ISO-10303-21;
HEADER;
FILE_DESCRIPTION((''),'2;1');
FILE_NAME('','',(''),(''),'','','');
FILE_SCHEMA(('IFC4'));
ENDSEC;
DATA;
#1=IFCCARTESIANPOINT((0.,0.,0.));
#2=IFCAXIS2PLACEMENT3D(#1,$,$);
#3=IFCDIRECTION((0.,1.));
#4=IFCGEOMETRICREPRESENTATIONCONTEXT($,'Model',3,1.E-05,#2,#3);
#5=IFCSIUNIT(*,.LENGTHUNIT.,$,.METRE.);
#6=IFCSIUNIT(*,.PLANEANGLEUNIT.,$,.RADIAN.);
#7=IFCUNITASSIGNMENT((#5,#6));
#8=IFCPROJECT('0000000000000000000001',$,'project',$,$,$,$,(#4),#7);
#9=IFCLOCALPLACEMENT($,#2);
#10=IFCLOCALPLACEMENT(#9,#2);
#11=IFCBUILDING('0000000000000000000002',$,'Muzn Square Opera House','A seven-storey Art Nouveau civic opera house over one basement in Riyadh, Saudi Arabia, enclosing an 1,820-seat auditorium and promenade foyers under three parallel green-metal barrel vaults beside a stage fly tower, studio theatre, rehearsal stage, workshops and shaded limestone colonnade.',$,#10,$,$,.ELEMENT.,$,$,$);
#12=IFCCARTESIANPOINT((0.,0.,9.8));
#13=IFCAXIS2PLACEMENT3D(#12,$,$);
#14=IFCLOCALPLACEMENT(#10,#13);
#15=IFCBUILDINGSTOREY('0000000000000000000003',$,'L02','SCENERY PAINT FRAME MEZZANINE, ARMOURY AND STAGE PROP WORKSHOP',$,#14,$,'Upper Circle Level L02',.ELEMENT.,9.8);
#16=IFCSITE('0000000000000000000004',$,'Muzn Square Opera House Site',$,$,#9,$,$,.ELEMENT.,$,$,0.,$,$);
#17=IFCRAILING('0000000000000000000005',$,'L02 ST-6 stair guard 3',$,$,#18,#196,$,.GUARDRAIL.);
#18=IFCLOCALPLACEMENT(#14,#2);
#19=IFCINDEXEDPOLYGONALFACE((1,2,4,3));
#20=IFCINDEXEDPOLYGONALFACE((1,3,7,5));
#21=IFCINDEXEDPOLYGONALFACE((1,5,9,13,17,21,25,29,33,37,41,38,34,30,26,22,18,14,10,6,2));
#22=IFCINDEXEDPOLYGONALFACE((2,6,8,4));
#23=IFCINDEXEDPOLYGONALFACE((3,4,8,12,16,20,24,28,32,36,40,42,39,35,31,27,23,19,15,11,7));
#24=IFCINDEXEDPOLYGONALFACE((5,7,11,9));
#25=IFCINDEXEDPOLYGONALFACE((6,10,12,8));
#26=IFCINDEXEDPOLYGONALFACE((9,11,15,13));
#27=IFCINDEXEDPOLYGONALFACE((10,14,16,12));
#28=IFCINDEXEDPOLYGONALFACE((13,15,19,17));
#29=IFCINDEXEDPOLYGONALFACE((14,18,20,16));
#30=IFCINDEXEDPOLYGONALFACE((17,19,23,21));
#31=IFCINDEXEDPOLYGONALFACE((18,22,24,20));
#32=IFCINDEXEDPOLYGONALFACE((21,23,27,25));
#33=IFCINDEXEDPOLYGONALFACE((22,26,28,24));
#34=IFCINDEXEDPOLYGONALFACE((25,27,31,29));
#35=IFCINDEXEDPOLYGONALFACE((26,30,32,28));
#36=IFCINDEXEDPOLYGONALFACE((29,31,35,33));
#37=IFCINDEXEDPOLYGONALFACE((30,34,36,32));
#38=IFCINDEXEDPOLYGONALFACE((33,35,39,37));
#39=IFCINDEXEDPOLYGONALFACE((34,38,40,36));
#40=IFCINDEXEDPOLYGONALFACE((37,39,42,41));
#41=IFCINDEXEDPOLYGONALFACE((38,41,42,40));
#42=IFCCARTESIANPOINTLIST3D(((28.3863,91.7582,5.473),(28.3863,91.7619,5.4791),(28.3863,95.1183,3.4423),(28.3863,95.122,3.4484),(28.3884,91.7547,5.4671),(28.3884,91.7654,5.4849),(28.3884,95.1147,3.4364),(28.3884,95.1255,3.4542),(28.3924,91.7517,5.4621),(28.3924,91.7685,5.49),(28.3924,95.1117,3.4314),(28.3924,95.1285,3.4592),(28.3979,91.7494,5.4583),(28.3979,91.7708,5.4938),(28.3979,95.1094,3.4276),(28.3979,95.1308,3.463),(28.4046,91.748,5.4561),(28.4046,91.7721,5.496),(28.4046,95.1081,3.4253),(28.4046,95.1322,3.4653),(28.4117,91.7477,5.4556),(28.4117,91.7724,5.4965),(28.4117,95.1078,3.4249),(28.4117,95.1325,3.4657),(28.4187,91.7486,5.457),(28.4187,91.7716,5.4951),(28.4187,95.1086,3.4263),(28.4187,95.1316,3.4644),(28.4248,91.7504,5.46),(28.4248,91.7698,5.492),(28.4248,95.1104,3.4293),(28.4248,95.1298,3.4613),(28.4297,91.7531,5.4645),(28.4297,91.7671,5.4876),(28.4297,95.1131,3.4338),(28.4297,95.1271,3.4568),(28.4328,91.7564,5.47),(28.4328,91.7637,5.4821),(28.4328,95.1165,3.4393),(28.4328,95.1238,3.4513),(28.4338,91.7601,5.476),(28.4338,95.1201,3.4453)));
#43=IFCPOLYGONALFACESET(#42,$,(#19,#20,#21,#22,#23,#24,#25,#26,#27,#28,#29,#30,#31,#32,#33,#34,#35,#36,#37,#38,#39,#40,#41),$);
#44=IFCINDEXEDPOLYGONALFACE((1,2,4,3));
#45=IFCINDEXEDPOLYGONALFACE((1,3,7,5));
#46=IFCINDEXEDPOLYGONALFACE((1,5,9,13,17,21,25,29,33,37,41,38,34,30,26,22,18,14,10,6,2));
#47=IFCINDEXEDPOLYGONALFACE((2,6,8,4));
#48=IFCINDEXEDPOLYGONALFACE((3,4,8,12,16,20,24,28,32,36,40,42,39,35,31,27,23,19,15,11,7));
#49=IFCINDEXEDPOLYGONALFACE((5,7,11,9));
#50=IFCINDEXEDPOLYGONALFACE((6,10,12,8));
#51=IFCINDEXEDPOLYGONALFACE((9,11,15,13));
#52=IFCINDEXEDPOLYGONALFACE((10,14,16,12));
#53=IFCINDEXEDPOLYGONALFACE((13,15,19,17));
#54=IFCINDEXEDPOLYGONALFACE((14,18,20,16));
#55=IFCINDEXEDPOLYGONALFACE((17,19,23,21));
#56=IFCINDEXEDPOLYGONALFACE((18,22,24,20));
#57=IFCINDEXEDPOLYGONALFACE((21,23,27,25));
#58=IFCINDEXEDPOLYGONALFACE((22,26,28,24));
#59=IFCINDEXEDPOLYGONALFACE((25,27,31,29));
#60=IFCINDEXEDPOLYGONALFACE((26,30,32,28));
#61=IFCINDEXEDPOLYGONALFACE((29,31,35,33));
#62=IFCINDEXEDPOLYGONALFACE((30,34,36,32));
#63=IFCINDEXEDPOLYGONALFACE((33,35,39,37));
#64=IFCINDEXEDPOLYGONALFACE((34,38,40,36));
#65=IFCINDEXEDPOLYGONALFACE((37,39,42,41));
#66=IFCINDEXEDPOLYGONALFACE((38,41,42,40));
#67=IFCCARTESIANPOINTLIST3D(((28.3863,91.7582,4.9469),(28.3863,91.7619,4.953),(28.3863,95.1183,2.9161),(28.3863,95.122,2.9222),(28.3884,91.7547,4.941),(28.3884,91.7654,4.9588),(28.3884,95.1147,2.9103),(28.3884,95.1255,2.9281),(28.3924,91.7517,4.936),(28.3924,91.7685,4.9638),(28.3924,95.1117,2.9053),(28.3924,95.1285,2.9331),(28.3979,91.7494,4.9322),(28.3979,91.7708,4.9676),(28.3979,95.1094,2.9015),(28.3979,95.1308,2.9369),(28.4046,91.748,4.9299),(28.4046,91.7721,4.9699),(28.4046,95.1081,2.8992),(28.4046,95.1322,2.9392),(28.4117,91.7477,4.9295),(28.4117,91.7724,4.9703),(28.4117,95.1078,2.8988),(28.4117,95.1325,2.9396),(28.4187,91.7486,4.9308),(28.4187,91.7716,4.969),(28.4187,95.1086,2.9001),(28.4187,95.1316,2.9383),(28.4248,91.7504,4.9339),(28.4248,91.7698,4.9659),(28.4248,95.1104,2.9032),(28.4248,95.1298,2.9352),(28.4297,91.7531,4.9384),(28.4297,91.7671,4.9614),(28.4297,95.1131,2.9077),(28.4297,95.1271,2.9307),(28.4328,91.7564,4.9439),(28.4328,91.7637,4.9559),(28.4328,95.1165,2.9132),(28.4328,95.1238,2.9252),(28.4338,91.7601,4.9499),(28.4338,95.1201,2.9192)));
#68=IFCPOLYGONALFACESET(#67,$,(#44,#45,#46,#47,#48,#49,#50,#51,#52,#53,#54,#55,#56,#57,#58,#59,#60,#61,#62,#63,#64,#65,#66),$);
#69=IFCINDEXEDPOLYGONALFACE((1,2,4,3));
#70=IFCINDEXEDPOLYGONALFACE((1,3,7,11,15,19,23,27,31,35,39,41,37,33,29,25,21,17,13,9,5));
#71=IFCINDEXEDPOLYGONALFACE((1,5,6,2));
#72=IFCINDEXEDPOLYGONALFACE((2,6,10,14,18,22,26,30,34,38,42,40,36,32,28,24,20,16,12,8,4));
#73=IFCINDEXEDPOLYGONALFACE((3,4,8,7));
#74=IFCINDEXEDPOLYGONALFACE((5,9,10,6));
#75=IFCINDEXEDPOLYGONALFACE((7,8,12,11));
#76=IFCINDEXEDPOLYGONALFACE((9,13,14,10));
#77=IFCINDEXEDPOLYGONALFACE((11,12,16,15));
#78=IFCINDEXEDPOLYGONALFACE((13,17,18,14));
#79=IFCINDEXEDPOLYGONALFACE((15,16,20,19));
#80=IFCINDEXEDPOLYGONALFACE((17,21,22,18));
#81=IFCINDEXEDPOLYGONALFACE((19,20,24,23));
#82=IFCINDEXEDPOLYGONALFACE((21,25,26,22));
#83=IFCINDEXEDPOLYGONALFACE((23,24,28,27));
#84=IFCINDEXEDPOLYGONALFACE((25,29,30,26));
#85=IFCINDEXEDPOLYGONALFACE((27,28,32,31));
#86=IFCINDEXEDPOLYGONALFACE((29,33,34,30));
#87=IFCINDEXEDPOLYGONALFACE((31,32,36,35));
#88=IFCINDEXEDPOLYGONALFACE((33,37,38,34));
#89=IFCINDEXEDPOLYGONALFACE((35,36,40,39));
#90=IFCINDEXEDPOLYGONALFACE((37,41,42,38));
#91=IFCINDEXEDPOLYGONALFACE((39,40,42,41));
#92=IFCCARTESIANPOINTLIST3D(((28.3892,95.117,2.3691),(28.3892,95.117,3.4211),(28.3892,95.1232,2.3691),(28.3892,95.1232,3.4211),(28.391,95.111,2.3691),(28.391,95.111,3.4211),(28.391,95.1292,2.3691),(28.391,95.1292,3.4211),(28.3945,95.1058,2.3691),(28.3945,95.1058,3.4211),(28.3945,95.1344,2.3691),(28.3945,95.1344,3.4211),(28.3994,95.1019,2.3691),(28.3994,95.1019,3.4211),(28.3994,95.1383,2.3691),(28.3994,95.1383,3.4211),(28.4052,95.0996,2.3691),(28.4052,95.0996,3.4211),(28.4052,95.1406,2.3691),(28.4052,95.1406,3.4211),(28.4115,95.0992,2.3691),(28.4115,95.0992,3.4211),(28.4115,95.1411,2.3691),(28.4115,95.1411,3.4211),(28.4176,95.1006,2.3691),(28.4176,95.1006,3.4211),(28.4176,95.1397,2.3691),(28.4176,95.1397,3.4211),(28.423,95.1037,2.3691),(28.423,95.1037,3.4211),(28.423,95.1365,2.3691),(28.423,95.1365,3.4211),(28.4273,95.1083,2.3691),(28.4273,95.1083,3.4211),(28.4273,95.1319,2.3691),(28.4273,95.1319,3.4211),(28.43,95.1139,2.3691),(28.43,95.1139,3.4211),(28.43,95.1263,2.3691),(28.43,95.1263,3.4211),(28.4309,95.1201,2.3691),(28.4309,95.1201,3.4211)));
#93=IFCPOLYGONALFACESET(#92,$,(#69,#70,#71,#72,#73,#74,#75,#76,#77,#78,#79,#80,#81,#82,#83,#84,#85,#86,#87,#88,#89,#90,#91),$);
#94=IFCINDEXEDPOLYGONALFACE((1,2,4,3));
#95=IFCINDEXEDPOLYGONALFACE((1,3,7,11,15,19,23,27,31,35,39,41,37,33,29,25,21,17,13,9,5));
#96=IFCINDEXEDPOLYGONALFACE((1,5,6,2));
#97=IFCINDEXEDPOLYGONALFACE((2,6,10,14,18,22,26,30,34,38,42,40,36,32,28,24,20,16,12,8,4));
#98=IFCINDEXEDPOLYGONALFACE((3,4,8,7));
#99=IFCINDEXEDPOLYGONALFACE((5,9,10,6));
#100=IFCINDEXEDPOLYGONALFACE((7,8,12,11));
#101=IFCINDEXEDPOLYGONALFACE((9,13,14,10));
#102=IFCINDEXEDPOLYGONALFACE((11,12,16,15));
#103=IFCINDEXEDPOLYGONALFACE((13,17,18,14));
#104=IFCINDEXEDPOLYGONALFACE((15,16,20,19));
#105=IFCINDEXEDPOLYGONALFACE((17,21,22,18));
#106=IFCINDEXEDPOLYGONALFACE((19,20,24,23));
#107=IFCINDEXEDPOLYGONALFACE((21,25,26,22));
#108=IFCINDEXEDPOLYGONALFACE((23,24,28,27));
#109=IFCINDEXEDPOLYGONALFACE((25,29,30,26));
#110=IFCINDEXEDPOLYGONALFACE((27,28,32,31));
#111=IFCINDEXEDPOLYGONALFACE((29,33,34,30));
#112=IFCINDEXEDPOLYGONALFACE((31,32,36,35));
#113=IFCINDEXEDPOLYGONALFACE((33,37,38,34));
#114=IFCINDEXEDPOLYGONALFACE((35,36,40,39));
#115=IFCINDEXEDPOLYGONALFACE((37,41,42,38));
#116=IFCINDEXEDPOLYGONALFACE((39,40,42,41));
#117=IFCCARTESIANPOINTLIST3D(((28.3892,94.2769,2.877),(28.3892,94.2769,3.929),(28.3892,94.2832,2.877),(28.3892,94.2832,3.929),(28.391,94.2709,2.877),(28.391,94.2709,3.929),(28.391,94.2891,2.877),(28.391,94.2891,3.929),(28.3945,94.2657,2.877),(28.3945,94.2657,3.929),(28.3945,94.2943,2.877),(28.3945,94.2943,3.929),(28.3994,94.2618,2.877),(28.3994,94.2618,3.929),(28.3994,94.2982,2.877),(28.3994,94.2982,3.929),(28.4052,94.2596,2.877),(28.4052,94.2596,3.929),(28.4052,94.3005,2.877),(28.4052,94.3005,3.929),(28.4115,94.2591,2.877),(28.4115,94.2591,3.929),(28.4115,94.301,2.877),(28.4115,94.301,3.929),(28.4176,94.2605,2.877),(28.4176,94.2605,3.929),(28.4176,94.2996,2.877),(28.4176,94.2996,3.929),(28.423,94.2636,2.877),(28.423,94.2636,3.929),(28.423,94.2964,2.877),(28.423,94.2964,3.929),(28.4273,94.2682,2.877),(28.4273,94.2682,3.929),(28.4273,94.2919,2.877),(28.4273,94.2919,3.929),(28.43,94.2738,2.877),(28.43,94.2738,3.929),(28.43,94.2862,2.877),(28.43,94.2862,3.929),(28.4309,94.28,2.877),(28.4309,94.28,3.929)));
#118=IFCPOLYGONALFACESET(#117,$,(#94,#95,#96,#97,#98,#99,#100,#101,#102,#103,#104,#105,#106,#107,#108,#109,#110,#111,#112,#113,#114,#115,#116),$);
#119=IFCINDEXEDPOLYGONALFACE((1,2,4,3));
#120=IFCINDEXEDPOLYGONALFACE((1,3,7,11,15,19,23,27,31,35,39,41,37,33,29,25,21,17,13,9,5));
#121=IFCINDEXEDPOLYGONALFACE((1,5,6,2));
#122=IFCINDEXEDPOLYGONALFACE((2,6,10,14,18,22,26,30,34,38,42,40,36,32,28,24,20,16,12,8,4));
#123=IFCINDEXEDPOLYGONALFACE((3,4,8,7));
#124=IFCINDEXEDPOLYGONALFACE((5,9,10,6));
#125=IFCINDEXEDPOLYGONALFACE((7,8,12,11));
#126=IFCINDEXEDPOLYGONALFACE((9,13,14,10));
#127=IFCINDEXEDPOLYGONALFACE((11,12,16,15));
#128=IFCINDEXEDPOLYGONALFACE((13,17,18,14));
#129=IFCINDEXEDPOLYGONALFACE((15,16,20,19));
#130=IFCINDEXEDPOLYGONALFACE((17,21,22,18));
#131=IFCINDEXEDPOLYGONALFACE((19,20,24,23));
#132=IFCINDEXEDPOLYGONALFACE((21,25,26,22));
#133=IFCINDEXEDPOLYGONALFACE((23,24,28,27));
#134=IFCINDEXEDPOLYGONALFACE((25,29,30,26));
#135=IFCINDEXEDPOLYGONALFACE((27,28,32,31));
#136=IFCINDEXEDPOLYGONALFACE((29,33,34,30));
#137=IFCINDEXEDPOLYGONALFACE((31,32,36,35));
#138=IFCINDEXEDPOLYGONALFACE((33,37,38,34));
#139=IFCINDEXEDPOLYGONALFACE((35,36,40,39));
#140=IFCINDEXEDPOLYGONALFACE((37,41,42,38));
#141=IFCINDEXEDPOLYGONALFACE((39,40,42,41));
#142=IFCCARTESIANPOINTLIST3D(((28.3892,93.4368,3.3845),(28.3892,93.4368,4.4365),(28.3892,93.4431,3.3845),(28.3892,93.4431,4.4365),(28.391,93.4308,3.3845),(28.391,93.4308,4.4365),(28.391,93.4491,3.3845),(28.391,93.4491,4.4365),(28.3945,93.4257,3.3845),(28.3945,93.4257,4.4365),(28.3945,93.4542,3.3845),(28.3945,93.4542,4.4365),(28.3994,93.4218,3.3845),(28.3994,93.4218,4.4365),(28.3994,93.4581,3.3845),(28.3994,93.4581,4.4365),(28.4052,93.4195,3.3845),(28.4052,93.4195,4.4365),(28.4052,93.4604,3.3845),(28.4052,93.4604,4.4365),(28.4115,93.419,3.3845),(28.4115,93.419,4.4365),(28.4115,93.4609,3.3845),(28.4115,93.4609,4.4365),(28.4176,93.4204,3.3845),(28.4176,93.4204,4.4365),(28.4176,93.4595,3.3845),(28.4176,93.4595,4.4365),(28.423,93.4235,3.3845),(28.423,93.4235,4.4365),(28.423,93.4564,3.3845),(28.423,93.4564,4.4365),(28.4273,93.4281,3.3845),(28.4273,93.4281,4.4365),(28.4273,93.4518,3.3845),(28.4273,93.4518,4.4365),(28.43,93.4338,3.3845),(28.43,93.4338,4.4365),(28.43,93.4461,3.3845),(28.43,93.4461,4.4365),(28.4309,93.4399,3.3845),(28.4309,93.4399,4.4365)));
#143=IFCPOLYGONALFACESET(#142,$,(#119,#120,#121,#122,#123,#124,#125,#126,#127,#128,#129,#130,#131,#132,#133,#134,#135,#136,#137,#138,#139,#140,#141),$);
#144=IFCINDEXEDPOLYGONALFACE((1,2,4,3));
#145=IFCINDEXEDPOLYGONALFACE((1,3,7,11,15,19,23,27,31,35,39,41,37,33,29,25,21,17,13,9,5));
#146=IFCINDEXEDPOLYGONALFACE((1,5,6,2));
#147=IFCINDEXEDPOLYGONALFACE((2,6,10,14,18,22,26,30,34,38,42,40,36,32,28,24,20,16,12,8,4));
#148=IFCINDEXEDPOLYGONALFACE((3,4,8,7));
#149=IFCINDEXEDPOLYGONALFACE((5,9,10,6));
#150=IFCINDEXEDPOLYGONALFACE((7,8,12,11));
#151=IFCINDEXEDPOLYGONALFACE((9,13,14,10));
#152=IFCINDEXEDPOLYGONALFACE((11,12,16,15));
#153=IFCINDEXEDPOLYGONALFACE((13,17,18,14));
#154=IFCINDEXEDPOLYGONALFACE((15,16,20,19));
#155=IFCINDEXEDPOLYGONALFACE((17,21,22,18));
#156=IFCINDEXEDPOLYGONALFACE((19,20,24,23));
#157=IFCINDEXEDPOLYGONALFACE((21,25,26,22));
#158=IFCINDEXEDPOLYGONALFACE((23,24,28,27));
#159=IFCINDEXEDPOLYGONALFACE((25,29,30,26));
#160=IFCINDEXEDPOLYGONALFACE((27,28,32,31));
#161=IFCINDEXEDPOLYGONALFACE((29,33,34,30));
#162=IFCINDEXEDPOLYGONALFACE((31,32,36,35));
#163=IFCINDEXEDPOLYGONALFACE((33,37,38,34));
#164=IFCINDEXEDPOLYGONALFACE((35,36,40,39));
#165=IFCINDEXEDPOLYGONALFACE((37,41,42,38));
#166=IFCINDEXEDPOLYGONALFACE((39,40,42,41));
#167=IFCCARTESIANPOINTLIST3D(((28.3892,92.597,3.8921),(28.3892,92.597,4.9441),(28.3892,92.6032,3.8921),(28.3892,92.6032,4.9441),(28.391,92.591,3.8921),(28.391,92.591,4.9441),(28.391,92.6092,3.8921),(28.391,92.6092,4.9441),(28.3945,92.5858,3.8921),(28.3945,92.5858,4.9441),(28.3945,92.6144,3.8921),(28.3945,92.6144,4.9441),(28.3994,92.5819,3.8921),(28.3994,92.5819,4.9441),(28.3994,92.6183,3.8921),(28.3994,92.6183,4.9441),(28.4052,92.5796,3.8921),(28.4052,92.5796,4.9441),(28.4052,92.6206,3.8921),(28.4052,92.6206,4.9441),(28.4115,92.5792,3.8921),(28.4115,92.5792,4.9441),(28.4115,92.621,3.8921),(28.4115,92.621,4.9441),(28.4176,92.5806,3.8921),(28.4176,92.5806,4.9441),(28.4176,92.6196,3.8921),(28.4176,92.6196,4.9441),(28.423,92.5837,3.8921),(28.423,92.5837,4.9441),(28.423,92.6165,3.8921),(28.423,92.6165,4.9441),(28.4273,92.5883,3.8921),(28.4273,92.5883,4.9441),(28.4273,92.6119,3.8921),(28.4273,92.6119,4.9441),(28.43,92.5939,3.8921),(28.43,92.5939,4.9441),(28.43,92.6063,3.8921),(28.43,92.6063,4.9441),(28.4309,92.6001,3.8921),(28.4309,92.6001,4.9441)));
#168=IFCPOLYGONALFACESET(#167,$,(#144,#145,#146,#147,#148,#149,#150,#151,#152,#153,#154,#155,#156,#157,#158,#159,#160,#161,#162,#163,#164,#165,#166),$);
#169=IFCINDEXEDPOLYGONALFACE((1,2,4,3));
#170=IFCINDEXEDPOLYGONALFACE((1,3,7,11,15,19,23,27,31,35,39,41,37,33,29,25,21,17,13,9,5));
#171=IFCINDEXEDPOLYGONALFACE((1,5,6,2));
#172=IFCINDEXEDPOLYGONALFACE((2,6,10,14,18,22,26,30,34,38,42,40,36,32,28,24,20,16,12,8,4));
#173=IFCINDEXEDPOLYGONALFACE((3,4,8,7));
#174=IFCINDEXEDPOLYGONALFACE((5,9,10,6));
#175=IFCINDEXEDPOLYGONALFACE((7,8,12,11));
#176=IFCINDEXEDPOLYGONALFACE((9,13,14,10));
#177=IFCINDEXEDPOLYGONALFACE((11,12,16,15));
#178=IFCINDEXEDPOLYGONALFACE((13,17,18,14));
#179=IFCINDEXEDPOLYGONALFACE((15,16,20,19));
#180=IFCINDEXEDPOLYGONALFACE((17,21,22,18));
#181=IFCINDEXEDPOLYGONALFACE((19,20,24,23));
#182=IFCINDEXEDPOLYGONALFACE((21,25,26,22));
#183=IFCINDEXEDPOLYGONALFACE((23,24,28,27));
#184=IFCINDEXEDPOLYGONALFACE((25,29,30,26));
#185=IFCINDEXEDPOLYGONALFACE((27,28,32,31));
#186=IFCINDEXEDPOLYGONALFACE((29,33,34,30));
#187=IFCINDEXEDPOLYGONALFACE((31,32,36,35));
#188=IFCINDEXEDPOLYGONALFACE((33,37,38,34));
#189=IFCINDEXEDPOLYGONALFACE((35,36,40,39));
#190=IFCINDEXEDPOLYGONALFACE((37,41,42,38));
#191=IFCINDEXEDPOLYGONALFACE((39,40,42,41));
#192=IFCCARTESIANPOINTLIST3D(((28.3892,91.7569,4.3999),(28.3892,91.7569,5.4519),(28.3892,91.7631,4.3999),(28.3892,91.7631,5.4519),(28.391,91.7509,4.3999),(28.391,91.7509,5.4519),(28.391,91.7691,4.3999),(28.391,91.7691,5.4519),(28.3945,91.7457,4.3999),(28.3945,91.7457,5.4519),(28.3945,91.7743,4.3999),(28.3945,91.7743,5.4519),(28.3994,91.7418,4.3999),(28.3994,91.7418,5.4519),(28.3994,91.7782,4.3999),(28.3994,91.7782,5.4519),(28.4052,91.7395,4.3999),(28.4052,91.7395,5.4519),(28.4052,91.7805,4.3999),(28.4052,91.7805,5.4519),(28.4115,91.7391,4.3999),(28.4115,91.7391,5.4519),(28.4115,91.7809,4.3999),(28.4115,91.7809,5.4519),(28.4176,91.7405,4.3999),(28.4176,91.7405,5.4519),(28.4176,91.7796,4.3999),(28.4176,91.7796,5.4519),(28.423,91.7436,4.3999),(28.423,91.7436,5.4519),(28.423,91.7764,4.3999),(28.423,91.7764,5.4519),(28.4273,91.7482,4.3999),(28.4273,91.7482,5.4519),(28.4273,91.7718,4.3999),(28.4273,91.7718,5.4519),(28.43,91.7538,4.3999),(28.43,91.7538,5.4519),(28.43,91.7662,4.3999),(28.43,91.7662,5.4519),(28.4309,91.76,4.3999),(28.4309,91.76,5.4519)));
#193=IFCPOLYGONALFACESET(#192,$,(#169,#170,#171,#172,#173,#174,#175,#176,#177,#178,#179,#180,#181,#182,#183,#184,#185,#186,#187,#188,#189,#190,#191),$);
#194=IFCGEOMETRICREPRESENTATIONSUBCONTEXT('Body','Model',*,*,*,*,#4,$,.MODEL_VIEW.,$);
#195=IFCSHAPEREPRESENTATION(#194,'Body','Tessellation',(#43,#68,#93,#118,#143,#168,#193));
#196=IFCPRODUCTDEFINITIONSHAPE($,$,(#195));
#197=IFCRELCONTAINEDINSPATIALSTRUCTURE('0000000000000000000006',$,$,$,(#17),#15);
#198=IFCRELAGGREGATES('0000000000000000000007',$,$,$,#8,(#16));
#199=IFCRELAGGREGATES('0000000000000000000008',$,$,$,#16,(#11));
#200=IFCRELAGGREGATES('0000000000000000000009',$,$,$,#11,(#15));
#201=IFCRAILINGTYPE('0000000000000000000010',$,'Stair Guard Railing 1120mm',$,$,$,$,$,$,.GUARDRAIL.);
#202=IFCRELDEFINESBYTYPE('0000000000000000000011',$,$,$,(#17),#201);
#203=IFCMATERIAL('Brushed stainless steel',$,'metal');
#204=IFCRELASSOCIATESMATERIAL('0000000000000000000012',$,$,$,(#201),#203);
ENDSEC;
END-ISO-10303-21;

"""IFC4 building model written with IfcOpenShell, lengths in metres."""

from ifc_helpers import new_model, si_unit, direction, frame, origin, origin_2d, place, context, subcontext, project, spatial, circle, extrude, material, type_object, element, save


model = new_model("IFC4")

# Units and contexts
model_context = context("Model", 3, precision=1e-05, world=origin(), true_north=direction((0.0, 1.0)))
body_context = subcontext(model_context, "Body", "Model", "MODEL_VIEW")
ifc_project = project(units=[si_unit("LENGTHUNIT", "METRE"), si_unit("PLANEANGLEUNIT", "RADIAN")], contexts=[model_context])

# Site, building, storey
site_placement = place(None, origin())
site = spatial("IfcSite", under=ifc_project, at=site_placement, Name="Muzn Square Opera House Site", CompositionType="ELEMENT", RefElevation=0.0)
building_placement = place(site_placement, origin())
building = spatial("IfcBuilding", under=site, at=building_placement, Name="Muzn Square Opera House", Description="A seven-storey Art Nouveau civic opera house over one basement in Riyadh, Saudi Arabia, enclosing an 1,820-seat auditorium and promenade foyers under three parallel green-metal barrel vaults beside a stage fly tower, studio theatre, rehearsal stage, workshops and shaded limestone colonnade.", CompositionType="ELEMENT")
storey_placement = place(building_placement, frame((0.0, 0.0, 9.8)))
storey = spatial("IfcBuildingStorey", under=building, at=storey_placement, Name="L02", Description="SCENERY PAINT FRAME MEZZANINE, ARMOURY AND STAGE PROP WORKSHOP", LongName="Upper Circle Level L02", CompositionType="ELEMENT", Elevation=9.8)

# Railing
ifc_material_1 = material(Name="Brushed stainless steel", Category="metal")
railing_type_1 = type_object("IfcRailingType", Name="Stair Guard Railing 1120mm", PredefinedType="GUARDRAIL", material=ifc_material_1)
railing_1_placement = place(storey_placement, frame((28.4099, 95.1201, 2.3691)))
element("IfcRailing", 1, at=railing_1_placement, inside=storey, type_object=railing_type_1, Name="L02 ST-6 stair guard 3", PredefinedType="GUARDRAIL", context=body_context, shape_type="SweptSolid", body=[
    extrude(circle(Radius=0.0239, at=origin_2d()), frame((0.0, 0.0, 1.0762), z_axis=(0.0, -0.855837, 0.517246), x_axis=(1.0, 0.0, 0.0)), (0.0, 0.0, 1.0), 3.926),
    extrude(circle(Radius=0.0239, at=origin_2d()), frame((0.0, 0.0, 0.55), z_axis=(0.0, -0.855837, 0.517246), x_axis=(1.0, 0.0, 0.0)), (0.0, 0.0, 1.0), 3.926),
    extrude(circle(Radius=0.021, at=origin_2d()), origin(), (0.0, 0.0, 1.0), 1.052),
    extrude(circle(Radius=0.021, at=origin_2d()), frame((0.0, -0.8401, 0.5078)), (0.0, 0.0, 1.0), 1.052),
    extrude(circle(Radius=0.021, at=origin_2d()), frame((0.0, -1.6802, 1.0154)), (0.0, 0.0, 1.0), 1.052),
    extrude(circle(Radius=0.021, at=origin_2d()), frame((0.0, -2.52, 1.5229)), (0.0, 0.0, 1.0), 1.052),
    extrude(circle(Radius=0.021, at=origin_2d()), frame((0.0, -3.3601, 2.0308)), (0.0, 0.0, 1.0), 1.052),
])

save(model, "model.ifc")
